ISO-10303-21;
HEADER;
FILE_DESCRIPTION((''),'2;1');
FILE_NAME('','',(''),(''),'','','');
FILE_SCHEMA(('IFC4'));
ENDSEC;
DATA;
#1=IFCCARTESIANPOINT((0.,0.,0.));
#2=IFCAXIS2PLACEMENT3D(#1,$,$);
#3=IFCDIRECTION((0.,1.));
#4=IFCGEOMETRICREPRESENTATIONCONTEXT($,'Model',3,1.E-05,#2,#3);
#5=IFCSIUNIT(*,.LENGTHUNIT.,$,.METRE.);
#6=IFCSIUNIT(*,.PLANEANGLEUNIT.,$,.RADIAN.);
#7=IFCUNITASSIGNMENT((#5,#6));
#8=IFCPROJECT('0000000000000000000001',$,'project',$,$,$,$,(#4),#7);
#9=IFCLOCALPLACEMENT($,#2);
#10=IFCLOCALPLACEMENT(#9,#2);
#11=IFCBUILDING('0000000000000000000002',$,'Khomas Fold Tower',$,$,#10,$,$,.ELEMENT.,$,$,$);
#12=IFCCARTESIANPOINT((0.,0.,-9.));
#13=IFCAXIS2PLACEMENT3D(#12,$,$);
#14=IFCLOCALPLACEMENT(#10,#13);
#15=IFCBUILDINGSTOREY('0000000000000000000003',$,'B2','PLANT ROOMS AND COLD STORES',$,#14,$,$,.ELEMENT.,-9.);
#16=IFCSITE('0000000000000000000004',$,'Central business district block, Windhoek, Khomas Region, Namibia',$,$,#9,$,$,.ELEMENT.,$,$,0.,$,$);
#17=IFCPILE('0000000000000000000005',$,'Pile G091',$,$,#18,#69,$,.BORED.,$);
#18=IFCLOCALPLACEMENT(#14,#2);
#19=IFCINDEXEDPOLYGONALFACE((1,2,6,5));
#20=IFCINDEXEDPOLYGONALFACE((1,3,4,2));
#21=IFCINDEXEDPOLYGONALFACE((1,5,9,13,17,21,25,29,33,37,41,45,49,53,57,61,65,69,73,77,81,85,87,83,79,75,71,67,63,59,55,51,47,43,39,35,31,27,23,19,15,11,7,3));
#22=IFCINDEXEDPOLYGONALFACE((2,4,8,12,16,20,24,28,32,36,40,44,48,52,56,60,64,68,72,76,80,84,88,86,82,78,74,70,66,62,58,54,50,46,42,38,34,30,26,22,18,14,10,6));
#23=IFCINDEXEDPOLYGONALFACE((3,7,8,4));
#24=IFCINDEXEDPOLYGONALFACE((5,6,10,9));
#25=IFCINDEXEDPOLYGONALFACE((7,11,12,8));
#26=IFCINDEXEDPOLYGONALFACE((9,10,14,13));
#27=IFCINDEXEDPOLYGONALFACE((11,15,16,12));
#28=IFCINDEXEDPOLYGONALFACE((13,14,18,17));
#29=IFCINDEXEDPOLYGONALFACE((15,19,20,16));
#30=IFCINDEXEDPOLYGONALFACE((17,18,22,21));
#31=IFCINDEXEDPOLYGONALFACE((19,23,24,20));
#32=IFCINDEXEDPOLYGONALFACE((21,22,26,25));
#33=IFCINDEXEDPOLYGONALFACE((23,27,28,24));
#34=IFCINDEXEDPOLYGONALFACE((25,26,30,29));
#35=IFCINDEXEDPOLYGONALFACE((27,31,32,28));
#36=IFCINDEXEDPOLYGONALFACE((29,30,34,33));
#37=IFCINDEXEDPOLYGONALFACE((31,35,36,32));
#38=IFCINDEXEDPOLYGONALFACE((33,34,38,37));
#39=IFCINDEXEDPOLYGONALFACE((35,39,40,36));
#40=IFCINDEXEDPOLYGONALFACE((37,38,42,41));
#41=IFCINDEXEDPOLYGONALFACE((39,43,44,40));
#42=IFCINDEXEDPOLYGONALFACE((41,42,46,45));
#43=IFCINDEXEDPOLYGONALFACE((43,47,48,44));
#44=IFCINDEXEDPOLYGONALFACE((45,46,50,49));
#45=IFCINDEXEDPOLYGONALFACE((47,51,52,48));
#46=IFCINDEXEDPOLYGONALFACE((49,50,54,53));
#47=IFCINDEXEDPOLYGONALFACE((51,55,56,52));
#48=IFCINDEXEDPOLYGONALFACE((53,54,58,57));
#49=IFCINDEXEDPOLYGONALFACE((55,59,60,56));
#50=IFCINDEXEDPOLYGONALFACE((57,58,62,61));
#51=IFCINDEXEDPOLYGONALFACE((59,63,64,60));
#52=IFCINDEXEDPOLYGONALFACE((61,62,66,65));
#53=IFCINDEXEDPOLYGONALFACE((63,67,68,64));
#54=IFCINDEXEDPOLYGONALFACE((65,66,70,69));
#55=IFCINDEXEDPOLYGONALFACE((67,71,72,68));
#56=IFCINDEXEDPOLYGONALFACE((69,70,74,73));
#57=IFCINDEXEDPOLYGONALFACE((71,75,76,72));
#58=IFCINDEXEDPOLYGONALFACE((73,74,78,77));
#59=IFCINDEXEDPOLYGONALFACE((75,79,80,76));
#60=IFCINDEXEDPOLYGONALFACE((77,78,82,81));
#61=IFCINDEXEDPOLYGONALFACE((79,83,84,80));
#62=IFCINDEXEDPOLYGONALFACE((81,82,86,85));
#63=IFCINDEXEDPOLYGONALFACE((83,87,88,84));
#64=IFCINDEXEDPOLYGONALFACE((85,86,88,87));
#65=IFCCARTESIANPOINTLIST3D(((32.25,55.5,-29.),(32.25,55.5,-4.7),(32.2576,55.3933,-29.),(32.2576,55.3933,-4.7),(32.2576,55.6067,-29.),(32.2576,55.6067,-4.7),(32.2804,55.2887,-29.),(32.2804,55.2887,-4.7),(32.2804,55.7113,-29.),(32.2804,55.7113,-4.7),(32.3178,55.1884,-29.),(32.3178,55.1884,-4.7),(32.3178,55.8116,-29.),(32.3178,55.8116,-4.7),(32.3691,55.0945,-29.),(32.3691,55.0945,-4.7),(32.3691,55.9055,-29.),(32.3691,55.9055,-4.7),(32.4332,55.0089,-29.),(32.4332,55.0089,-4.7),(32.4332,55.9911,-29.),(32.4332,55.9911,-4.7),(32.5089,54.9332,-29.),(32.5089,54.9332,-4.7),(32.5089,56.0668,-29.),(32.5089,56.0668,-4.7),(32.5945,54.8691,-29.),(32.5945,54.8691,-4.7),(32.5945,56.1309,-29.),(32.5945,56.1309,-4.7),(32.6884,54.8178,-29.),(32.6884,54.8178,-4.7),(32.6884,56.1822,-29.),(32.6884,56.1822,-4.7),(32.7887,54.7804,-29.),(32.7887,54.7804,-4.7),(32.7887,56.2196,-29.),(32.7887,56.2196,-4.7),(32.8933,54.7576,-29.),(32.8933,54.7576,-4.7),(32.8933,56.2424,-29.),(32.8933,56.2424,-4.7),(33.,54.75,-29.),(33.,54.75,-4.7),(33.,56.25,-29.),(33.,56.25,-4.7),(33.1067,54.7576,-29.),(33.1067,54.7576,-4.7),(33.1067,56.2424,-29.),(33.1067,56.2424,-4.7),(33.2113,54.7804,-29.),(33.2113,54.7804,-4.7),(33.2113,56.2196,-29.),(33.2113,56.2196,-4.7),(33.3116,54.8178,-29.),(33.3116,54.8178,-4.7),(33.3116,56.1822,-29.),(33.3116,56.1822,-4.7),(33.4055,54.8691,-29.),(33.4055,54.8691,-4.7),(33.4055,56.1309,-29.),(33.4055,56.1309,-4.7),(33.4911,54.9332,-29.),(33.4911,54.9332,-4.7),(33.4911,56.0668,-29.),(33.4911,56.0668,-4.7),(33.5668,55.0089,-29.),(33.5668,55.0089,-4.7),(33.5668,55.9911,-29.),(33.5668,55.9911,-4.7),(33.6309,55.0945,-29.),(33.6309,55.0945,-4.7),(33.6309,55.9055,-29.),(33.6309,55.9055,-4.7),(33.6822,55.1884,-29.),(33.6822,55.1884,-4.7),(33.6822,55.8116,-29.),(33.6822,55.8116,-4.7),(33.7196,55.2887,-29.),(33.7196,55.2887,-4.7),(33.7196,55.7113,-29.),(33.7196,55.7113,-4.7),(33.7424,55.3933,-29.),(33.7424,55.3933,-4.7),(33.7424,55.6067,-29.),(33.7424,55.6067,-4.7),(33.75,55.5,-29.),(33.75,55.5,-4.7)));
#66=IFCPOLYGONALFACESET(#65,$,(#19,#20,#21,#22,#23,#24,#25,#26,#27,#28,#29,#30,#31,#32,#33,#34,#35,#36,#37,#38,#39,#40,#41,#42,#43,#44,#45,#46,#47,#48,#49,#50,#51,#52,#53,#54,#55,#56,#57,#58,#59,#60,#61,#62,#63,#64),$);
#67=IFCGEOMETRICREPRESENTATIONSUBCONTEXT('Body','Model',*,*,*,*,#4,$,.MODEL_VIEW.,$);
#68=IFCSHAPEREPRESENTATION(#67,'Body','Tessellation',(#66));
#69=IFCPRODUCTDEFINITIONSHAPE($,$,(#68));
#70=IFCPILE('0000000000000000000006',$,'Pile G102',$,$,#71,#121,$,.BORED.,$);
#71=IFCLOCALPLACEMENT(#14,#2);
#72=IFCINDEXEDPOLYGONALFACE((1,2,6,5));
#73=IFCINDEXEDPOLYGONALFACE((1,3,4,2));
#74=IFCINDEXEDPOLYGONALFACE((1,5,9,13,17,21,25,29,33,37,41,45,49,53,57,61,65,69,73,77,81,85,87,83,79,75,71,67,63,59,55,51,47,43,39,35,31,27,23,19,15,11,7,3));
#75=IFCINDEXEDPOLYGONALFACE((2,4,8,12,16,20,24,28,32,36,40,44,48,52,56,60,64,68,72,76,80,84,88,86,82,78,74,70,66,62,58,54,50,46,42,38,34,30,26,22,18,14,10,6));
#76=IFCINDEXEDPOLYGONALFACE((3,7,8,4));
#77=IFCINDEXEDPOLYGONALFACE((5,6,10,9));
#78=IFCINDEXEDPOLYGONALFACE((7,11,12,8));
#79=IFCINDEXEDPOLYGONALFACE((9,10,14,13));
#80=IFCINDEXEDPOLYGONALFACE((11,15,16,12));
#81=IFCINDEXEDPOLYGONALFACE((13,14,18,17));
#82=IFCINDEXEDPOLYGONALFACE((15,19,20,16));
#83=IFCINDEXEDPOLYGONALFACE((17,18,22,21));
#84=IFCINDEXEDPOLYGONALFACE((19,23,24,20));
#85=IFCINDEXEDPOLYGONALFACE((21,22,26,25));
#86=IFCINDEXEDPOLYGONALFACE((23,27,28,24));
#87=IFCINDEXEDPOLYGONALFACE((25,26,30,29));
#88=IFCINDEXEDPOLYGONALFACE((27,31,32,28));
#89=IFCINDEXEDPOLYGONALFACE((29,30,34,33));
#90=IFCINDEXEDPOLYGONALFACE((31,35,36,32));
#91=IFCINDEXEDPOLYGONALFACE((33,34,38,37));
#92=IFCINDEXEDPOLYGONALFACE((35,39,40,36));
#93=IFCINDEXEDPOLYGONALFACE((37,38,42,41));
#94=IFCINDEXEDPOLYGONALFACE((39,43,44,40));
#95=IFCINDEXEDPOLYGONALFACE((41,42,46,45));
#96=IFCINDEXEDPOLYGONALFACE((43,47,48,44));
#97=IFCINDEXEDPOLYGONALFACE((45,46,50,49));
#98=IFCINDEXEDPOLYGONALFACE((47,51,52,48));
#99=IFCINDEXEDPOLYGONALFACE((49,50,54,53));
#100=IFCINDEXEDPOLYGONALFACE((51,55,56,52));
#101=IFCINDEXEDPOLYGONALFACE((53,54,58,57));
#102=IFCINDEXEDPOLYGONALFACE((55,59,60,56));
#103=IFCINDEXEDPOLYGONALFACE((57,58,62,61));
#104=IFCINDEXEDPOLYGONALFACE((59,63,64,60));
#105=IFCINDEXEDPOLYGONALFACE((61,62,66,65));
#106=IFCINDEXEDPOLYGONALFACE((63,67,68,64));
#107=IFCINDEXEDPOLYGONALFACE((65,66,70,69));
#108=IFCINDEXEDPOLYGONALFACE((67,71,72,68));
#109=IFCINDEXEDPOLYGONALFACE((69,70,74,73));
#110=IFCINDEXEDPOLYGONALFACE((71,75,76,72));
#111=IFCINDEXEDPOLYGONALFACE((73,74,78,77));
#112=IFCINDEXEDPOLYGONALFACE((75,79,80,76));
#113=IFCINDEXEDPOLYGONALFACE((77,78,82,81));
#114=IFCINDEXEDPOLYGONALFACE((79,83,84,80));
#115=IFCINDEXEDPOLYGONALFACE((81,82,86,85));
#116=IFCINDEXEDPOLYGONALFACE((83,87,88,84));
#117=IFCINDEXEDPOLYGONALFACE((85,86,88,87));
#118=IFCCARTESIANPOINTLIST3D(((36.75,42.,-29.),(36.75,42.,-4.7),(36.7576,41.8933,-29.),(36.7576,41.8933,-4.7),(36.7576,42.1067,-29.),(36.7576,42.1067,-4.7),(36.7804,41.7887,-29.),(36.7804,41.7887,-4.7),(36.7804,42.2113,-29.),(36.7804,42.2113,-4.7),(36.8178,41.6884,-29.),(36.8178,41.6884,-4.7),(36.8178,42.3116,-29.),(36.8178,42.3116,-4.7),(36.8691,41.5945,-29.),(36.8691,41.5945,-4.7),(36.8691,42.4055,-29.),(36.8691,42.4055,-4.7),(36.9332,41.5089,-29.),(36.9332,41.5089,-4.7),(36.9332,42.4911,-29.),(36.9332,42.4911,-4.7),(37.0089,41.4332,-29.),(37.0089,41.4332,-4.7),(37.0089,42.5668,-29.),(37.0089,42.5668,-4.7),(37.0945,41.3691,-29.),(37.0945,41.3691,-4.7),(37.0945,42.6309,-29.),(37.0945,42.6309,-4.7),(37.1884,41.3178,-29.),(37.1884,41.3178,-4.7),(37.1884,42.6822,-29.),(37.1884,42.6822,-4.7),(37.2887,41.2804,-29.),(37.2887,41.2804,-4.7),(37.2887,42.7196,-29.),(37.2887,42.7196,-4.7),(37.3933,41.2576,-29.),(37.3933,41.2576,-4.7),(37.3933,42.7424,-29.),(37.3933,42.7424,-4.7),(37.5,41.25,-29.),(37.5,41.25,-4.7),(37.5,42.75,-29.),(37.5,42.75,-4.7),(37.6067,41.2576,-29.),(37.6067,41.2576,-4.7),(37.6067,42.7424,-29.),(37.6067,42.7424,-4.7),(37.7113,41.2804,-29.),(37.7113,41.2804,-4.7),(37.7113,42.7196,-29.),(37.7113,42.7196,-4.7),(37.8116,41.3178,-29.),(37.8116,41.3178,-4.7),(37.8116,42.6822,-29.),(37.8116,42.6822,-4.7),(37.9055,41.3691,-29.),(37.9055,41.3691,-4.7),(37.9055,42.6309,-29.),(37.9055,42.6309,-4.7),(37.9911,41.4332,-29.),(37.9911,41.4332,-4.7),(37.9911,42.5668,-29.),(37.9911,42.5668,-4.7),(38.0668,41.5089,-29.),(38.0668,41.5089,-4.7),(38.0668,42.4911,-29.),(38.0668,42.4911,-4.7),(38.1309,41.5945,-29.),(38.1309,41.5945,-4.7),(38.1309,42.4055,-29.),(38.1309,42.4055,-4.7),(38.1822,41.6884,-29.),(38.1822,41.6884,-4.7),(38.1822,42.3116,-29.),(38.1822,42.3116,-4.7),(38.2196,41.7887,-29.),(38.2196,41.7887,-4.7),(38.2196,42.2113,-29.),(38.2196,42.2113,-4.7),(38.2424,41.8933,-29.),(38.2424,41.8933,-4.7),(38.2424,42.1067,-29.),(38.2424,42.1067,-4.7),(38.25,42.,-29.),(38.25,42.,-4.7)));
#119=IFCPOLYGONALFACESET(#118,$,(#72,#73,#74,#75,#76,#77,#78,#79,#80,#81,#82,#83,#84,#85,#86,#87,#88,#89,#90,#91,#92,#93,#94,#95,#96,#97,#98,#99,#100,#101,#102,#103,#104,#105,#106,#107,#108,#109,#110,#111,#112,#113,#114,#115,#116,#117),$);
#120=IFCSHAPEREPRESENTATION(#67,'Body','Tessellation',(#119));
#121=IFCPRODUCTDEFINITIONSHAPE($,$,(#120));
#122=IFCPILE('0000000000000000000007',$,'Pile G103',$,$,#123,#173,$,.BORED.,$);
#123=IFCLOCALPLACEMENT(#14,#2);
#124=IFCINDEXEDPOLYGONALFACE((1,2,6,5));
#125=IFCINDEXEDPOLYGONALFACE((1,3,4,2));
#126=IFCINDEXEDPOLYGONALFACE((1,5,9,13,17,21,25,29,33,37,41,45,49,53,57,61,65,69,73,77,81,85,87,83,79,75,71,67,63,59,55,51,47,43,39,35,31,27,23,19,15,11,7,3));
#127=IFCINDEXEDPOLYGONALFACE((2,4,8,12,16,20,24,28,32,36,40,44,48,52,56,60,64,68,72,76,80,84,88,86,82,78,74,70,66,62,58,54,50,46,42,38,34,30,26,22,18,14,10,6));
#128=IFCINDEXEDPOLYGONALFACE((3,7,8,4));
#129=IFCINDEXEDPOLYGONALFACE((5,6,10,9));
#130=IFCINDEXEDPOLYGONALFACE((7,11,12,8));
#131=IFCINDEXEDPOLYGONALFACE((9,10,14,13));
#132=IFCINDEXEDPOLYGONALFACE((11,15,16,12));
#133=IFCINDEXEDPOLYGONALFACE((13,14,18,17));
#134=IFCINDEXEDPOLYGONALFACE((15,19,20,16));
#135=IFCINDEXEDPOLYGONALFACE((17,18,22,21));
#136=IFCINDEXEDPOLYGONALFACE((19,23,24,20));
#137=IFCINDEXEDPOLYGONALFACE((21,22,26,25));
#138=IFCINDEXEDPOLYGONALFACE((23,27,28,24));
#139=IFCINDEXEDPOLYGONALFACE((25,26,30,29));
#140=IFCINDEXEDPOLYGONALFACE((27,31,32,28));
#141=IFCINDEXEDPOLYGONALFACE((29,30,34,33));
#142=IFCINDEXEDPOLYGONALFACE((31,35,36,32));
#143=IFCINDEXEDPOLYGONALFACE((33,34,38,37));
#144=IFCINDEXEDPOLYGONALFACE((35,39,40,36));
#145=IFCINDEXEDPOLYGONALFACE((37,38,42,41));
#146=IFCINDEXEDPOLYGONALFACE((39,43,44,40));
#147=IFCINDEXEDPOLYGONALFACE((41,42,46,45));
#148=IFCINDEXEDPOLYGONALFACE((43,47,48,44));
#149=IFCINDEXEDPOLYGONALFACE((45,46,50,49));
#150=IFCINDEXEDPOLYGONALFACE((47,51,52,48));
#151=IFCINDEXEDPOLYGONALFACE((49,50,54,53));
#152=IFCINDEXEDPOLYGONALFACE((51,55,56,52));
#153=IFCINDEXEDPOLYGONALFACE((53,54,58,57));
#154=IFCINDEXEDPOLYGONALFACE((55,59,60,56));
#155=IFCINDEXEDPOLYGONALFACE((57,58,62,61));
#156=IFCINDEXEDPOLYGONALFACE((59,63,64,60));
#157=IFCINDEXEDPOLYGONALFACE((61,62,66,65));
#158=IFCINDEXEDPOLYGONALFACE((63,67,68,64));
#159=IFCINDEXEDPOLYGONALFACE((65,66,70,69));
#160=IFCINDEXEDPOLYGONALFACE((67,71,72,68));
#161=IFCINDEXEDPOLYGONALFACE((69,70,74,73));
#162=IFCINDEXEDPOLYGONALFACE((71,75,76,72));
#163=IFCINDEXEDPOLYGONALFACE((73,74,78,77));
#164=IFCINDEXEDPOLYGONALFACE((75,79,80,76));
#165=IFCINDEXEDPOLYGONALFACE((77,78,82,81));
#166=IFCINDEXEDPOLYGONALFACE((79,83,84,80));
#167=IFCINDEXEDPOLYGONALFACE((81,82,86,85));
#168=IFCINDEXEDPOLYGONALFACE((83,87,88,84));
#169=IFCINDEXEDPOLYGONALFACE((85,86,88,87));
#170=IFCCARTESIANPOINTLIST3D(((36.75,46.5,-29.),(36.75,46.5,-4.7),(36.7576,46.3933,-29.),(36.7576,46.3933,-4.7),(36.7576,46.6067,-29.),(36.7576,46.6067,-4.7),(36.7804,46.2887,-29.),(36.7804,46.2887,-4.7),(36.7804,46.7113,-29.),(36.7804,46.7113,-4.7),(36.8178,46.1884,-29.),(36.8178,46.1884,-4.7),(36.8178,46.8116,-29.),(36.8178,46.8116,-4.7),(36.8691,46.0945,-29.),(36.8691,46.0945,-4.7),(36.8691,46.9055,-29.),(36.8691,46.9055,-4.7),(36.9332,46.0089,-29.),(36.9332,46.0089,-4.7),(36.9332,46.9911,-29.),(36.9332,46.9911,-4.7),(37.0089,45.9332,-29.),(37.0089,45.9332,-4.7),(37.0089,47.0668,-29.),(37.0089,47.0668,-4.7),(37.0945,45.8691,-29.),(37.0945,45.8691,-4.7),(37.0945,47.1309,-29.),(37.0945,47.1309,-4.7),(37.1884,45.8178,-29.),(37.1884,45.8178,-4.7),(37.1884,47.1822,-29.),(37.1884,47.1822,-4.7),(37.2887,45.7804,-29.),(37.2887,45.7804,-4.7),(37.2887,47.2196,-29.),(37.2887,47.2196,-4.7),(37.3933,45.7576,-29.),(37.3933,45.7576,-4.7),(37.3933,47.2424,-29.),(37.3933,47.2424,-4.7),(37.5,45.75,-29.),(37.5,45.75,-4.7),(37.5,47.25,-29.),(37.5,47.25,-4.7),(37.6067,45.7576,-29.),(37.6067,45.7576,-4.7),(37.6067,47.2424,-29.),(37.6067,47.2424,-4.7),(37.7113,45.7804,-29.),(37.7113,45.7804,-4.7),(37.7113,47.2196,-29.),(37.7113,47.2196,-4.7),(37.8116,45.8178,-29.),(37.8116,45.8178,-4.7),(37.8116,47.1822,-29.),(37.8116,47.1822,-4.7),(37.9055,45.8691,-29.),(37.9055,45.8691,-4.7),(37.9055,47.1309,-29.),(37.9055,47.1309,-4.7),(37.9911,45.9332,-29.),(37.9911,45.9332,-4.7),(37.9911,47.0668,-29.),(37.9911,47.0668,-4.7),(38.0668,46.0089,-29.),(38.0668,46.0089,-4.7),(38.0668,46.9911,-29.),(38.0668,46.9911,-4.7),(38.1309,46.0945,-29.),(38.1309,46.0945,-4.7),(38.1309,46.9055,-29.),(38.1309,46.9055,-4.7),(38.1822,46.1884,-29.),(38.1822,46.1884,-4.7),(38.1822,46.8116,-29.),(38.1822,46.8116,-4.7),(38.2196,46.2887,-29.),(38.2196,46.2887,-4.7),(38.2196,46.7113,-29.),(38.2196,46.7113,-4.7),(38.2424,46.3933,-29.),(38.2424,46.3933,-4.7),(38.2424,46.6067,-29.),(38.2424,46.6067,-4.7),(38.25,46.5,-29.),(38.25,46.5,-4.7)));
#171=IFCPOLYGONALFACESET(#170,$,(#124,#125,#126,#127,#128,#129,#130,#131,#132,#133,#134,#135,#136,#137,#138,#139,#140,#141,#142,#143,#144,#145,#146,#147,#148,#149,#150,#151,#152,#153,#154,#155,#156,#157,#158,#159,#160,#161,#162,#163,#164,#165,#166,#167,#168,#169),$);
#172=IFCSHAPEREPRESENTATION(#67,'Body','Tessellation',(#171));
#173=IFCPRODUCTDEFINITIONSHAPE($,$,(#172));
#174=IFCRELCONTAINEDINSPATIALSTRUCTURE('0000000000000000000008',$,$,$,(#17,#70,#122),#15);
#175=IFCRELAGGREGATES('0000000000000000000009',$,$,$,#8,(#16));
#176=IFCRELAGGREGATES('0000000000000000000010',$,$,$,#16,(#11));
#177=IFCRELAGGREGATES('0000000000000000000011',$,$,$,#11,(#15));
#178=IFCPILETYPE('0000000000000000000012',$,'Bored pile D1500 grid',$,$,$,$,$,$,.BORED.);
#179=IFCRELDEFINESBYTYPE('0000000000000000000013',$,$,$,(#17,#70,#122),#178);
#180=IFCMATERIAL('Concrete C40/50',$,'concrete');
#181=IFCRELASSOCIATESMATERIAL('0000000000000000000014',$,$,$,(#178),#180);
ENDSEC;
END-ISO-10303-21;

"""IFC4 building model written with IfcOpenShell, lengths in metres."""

from ifc_helpers import new_model, si_unit, direction, frame, origin, origin_2d, place, context, subcontext, project, spatial, circle, extrude, source, transform, mapped, material, material_profile, profile_set, type_object, element, save


model = new_model("IFC4")

# Units and contexts
model_context = context("Model", 3, precision=1e-05, world=origin(), true_north=direction((0.0, 1.0)))
body_context = subcontext(model_context, "Body", "Model", "MODEL_VIEW")
ifc_project = project(units=[si_unit("LENGTHUNIT", "METRE"), si_unit("PLANEANGLEUNIT", "RADIAN")], contexts=[model_context])

# Site, building, storey
site_placement = place(None, origin())
site = spatial("IfcSite", under=ifc_project, at=site_placement, Name="Central business district block, Windhoek, Khomas Region, Namibia", CompositionType="ELEMENT", RefElevation=0.0)
building_placement = place(site_placement, origin())
building = spatial("IfcBuilding", under=site, at=building_placement, Name="Khomas Fold Tower", CompositionType="ELEMENT")
storey_placement = place(building_placement, frame((0.0, 0.0, -9.0)))
storey = spatial("IfcBuildingStorey", under=building, at=storey_placement, Name="B2", Description="PLANT ROOMS AND COLD STORES", CompositionType="ELEMENT", Elevation=-9.0)

# Piles
ifc_material_1 = material(Name="Concrete C40/50", Category="concrete")
ifc_material_profile_1 = material_profile(ifc_material_1, circle(Radius=0.75, at=origin_2d()), Name="PILE D1500")
ifc_profile_set_1 = profile_set([ifc_material_profile_1], Name="Concrete C40/50")
pile_type = type_object("IfcPileType", Name="Bored pile D1500 grid", PredefinedType="BORED", material=ifc_profile_set_1)
shared_shape_1 = source(origin(), body_context, "Body", "SweptSolid", [
    extrude(circle(Radius=0.75, at=origin_2d()), origin(), (0.0, 0.0, 1.0), 24.3),
])
for number, where, z_axis, x_axis, name in (
    (1, (33.0, 55.5, -4.7), (0.0, 0.0, -1.0), (1.0, 0.0, 0.0), "Pile G091"),
    (2, (37.5, 42.0, -4.7), (0.0, 0.0, -1.0), (1.0, 0.0, 0.0), "Pile G102"),
    (3, (37.5, 46.5, -4.7), (0.0, 0.0, -1.0), (1.0, 0.0, 0.0), "Pile G103"),
):
    element("IfcPile", number, at=place(storey_placement, frame(where, z_axis=z_axis, x_axis=x_axis)), inside=storey, type_object=pile_type, Name=name, PredefinedType="BORED", context=body_context, shape_type="MappedRepresentation", body=[
        mapped(shared_shape_1, transform((0.0, 0.0, 0.0))),
    ])

save(model, "model.ifc")
